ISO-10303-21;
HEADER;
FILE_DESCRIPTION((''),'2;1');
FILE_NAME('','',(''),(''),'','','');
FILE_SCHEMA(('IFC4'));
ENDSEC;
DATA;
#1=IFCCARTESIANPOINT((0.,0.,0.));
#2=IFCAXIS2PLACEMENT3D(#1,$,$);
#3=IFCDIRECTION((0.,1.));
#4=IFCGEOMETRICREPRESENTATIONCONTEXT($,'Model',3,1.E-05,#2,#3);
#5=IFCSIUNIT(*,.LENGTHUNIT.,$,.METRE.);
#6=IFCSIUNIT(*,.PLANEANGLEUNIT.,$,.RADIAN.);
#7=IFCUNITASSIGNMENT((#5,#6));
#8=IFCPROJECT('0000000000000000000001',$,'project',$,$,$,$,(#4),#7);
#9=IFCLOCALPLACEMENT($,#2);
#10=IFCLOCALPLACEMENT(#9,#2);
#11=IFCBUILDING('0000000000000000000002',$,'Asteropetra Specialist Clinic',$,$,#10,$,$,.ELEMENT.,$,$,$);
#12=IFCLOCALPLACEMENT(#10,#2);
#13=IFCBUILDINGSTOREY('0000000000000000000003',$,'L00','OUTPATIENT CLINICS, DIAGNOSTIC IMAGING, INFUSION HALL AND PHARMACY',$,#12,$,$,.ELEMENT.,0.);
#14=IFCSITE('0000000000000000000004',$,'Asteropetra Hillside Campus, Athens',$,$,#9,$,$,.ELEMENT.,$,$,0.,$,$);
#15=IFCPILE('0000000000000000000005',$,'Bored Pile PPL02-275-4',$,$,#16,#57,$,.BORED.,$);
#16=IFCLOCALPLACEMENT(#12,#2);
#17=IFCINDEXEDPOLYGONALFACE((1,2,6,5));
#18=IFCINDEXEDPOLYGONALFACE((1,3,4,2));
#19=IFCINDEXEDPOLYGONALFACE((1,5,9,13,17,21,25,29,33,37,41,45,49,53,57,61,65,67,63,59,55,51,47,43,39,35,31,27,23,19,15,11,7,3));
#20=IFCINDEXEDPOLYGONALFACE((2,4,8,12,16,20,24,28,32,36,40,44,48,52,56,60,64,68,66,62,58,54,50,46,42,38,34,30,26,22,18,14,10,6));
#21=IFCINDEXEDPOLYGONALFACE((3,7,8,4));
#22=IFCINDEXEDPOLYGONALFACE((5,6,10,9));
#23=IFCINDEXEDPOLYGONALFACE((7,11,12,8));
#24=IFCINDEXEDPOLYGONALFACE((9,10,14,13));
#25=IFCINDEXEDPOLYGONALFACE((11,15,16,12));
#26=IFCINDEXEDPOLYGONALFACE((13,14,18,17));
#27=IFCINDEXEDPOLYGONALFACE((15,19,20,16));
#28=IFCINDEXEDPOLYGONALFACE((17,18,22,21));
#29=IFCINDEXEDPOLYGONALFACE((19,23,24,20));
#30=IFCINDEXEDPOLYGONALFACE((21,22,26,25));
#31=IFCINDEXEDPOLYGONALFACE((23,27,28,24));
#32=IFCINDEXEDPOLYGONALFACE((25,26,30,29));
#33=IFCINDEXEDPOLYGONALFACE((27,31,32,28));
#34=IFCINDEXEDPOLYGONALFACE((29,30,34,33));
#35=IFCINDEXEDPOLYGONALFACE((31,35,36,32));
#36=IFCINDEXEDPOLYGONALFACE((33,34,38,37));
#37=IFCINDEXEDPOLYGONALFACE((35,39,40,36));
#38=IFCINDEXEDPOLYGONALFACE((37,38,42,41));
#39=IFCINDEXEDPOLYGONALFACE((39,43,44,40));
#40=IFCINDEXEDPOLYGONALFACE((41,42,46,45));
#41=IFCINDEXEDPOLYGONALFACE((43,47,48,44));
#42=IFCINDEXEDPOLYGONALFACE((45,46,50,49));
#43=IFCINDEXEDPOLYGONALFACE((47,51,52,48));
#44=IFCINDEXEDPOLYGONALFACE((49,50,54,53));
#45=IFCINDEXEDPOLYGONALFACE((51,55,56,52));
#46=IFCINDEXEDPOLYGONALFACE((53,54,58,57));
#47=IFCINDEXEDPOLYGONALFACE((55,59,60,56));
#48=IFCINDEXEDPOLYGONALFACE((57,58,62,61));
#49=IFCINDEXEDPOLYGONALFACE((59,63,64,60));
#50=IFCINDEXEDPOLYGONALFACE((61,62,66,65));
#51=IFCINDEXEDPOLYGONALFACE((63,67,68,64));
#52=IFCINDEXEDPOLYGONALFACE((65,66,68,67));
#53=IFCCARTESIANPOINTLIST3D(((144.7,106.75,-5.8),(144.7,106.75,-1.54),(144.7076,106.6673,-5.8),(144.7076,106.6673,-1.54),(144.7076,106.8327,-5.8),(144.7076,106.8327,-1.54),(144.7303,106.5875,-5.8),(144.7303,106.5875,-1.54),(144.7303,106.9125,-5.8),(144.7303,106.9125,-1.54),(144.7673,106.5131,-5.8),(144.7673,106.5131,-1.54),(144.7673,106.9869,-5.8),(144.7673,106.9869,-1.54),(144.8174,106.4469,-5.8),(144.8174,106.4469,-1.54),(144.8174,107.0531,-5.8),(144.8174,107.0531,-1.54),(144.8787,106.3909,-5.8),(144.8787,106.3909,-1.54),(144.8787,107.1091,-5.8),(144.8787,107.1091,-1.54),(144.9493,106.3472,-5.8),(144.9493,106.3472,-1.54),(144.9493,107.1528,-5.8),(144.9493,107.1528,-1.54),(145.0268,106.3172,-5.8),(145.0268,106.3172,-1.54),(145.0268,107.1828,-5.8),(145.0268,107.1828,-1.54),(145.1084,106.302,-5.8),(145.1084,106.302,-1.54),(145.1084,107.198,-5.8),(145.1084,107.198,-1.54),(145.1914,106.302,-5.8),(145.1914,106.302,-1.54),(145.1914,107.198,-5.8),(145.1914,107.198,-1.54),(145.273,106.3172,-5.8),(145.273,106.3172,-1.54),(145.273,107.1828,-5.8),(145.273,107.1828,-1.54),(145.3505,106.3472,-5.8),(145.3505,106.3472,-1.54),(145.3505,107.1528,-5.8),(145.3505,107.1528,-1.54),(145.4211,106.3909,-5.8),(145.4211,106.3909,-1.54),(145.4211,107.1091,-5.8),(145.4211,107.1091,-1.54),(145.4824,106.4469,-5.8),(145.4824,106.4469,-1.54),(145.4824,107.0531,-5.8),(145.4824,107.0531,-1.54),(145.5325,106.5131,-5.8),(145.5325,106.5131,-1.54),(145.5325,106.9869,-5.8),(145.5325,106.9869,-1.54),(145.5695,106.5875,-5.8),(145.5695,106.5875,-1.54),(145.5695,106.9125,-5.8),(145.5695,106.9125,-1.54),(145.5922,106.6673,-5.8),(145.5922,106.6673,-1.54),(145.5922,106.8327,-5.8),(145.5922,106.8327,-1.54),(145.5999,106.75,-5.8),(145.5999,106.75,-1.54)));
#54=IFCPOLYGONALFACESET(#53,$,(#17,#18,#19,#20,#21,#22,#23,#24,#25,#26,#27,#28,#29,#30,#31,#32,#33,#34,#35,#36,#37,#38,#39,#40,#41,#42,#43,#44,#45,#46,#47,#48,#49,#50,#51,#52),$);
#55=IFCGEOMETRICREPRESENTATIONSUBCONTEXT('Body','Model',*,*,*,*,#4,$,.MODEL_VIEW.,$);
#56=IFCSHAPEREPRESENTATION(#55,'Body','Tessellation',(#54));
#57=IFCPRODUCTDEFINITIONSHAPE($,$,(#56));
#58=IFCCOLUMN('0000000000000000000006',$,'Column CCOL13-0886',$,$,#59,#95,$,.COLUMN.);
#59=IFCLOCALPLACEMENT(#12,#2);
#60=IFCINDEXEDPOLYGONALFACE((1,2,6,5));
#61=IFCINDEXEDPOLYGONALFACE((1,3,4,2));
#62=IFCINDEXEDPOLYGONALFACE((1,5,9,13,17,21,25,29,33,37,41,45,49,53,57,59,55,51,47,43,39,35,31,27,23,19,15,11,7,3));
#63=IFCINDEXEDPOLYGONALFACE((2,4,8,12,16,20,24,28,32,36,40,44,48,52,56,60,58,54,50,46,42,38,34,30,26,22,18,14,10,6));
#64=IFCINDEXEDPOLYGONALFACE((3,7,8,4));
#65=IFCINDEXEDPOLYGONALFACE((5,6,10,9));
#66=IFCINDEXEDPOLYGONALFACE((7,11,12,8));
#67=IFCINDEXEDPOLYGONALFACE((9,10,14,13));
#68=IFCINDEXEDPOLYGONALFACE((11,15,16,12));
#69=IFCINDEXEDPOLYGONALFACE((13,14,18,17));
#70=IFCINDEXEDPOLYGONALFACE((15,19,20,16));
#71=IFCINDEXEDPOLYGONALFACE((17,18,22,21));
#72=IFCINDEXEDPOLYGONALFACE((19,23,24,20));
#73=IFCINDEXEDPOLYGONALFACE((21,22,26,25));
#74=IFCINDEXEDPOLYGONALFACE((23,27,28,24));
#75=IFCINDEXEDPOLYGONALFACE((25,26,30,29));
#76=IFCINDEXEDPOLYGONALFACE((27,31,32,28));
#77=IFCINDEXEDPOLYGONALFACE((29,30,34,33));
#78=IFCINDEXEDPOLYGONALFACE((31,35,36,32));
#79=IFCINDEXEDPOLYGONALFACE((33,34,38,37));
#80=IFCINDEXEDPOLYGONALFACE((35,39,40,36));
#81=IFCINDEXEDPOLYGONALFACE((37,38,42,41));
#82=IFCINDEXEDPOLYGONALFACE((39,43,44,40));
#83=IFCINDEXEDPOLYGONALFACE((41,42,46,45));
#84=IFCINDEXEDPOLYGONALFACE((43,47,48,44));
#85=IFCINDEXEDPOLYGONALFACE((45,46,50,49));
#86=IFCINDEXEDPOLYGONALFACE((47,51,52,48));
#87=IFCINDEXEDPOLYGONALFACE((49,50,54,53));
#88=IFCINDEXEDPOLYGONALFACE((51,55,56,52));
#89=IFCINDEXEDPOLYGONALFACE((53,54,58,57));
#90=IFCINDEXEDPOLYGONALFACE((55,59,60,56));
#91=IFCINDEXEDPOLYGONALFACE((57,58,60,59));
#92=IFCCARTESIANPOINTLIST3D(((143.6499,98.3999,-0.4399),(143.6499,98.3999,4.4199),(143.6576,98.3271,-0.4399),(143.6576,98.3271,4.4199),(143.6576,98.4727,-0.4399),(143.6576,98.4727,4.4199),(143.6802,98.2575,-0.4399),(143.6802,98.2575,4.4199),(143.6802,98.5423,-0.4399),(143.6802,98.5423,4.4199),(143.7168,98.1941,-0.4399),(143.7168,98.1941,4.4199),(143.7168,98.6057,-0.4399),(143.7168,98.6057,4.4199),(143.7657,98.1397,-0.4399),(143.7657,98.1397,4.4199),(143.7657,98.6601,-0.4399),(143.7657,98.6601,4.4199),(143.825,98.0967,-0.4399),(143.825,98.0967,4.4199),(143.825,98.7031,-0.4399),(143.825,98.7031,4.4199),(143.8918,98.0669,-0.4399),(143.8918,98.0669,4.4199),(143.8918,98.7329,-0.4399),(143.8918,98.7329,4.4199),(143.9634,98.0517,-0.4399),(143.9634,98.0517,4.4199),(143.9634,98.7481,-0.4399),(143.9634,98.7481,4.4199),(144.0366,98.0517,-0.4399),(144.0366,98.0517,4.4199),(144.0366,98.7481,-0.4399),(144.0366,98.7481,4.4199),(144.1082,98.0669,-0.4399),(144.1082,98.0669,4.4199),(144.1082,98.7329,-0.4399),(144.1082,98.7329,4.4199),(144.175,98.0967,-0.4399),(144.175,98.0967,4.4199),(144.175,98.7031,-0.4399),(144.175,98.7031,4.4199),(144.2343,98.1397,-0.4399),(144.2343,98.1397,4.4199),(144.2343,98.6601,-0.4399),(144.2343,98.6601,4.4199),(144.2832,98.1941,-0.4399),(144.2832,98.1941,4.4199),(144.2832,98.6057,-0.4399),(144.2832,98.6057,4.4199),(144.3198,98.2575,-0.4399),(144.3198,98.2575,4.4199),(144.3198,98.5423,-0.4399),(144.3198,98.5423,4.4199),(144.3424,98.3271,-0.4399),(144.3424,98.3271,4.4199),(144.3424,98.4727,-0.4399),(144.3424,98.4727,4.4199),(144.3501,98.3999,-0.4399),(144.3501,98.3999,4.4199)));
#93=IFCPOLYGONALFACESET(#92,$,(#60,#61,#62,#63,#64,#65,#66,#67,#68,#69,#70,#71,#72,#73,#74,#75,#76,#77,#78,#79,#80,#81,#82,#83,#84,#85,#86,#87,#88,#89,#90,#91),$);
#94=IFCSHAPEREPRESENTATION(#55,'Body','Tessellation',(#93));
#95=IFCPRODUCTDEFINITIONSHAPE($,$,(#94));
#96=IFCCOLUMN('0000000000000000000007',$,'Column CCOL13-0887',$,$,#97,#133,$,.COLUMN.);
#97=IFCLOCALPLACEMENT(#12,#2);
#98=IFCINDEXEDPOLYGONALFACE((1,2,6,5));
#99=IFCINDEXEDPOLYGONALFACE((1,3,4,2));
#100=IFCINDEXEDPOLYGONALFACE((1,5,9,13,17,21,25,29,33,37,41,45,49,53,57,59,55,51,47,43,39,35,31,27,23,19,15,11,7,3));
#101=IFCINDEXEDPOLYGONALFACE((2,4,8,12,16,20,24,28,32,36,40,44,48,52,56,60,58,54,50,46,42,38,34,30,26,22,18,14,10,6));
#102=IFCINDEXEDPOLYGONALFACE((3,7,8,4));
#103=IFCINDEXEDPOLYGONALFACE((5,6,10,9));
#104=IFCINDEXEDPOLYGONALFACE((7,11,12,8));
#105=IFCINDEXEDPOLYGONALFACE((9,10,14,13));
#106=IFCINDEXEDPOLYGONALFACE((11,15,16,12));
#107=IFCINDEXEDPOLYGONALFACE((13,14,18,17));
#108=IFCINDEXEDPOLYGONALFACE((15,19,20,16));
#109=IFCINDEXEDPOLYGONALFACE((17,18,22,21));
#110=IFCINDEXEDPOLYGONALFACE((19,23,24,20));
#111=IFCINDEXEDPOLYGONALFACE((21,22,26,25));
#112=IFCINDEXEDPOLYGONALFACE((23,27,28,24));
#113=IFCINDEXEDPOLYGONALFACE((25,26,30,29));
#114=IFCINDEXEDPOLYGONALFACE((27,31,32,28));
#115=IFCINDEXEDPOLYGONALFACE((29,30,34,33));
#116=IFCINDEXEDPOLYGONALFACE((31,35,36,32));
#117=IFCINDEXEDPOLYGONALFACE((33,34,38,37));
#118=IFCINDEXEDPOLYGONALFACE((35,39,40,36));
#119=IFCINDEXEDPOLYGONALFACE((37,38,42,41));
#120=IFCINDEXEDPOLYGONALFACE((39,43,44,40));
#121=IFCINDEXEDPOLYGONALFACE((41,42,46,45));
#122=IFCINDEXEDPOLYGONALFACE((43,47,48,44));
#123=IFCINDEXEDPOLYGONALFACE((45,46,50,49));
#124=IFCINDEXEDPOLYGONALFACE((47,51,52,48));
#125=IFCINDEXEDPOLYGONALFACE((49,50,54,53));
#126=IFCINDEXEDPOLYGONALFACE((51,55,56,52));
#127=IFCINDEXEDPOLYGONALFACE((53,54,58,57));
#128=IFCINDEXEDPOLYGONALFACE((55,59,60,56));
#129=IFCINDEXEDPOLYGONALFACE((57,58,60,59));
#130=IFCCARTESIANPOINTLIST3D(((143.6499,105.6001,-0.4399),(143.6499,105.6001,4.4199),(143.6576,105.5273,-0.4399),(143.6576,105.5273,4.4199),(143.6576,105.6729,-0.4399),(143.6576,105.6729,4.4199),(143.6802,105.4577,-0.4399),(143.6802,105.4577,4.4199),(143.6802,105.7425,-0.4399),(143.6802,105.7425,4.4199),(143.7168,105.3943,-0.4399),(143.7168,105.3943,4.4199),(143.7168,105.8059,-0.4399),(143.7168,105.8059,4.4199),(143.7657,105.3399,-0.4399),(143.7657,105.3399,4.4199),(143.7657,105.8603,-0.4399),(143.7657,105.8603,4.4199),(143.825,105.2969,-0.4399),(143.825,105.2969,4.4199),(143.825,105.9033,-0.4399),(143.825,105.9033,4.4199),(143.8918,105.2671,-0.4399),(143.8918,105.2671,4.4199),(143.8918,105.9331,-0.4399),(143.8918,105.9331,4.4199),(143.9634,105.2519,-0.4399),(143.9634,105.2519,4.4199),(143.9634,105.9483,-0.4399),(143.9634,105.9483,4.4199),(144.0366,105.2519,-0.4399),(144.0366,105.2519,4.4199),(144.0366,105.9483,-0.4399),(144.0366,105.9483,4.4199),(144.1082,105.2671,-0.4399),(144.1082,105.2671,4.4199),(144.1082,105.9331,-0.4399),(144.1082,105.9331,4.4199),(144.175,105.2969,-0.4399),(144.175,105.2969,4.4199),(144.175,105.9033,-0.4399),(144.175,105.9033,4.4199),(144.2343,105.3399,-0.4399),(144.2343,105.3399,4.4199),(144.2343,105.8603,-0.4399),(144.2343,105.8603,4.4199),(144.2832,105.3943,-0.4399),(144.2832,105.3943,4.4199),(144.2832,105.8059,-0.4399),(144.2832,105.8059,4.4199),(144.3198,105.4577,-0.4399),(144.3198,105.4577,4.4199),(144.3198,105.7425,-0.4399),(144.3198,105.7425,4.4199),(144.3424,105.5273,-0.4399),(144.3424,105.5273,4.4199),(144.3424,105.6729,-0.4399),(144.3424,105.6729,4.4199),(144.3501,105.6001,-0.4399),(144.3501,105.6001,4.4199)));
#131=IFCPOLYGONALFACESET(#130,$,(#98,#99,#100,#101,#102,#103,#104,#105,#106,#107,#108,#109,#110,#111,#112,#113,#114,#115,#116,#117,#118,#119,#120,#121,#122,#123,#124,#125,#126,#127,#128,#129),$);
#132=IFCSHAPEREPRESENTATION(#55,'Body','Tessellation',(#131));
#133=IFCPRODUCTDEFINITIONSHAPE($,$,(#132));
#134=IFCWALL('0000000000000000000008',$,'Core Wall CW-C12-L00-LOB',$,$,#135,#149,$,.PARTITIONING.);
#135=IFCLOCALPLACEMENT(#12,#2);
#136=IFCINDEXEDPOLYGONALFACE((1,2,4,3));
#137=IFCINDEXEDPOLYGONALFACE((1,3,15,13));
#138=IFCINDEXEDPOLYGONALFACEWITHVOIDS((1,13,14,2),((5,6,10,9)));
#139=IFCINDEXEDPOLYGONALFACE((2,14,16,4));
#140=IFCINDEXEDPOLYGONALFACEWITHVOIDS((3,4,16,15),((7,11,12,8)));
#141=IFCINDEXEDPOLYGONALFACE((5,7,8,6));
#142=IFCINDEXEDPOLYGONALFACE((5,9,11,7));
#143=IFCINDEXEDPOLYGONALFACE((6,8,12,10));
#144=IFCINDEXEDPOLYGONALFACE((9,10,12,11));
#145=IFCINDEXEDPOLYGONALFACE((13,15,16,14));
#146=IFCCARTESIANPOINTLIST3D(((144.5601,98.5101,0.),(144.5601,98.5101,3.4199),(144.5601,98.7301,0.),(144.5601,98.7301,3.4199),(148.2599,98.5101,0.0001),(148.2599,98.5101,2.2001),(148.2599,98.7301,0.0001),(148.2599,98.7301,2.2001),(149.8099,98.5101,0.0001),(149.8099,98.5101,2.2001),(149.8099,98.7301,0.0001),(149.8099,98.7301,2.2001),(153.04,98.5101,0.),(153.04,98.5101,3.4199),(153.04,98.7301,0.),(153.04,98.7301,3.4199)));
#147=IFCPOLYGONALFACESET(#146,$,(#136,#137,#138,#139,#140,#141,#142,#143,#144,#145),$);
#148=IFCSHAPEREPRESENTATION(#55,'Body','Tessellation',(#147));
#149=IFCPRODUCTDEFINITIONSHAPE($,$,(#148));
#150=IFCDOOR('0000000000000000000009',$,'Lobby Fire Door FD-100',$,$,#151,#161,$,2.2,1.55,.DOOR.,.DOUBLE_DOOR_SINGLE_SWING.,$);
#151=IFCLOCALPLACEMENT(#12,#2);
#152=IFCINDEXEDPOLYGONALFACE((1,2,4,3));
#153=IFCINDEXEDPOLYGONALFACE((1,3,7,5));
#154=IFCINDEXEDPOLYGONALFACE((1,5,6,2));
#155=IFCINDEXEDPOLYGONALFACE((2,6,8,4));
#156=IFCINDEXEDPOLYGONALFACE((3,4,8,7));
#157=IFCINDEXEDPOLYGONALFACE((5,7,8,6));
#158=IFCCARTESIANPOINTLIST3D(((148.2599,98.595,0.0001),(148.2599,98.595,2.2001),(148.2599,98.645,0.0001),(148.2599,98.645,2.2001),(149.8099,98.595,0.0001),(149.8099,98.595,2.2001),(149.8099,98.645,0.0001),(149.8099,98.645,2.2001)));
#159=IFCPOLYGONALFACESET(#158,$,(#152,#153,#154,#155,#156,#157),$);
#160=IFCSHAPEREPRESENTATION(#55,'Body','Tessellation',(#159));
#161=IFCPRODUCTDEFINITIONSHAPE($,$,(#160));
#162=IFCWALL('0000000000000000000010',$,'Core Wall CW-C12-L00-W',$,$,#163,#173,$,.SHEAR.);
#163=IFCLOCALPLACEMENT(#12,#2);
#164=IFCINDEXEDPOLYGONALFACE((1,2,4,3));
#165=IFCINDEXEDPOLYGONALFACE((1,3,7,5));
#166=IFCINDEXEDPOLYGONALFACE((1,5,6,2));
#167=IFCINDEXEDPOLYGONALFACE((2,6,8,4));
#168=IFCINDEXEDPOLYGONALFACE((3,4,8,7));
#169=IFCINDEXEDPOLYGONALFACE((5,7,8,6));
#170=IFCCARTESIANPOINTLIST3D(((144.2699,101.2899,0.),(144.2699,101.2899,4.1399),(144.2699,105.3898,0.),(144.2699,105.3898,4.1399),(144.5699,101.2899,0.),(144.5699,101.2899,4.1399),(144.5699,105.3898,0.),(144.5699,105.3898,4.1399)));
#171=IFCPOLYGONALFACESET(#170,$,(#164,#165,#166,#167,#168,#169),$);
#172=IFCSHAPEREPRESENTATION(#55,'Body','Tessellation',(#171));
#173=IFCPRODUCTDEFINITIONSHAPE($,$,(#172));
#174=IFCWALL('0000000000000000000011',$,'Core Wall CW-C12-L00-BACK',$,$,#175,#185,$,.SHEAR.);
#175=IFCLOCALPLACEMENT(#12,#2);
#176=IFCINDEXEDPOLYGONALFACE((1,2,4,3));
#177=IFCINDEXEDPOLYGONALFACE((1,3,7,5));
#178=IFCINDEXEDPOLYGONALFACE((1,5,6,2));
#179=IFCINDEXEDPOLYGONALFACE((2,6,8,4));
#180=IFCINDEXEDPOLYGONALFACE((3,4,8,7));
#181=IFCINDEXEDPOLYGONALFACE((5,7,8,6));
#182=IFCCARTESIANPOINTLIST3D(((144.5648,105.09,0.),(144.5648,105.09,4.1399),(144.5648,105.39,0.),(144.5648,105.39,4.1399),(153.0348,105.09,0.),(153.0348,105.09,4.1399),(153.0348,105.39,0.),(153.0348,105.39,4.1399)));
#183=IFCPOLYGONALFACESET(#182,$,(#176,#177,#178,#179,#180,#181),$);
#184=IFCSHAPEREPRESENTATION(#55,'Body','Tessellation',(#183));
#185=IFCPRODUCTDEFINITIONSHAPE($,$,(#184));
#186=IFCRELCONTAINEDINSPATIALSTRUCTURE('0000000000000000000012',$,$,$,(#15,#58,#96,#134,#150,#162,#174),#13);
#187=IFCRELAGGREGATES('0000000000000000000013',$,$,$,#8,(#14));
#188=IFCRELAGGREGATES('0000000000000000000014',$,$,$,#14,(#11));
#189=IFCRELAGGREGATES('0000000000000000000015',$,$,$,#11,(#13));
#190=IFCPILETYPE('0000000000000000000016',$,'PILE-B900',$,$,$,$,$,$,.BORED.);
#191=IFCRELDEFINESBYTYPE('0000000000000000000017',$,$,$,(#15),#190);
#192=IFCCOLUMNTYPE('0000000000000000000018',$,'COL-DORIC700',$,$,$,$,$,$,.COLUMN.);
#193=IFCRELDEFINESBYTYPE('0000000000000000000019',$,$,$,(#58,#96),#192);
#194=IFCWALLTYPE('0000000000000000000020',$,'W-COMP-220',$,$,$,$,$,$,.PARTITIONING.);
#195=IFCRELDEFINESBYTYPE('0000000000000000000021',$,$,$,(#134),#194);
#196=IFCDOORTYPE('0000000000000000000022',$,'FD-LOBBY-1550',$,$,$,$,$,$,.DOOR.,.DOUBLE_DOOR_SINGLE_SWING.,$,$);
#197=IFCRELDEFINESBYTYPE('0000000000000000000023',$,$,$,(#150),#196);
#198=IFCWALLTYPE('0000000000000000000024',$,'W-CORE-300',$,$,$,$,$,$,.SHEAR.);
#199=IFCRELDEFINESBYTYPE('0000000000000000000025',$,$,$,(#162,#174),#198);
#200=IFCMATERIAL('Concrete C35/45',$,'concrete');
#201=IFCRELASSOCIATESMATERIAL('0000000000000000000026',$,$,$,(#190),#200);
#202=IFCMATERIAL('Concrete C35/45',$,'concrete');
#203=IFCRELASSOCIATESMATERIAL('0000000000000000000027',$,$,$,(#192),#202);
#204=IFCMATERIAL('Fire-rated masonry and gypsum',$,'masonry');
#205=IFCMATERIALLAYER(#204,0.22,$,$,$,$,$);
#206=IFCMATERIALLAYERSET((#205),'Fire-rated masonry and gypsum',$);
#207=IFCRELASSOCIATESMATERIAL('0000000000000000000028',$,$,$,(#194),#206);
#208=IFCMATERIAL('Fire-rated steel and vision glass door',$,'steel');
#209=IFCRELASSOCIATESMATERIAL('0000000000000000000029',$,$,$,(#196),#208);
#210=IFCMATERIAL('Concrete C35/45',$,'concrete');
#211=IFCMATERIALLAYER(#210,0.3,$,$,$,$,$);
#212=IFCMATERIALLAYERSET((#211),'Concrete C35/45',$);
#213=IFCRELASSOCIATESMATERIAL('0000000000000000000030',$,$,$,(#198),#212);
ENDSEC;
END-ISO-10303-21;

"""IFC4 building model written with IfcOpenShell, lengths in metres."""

from ifc_helpers import new_model, si_unit, direction, frame, frame_2d, origin, origin_2d, place, context, subcontext, project, spatial, rectangle, circle, extrude, material, layer, layer_set, material_profile, profile_set, type_object, element, fill, save


model = new_model("IFC4")

# Units and contexts
model_context = context("Model", 3, precision=1e-05, world=origin(), true_north=direction((0.0, 1.0)))
body_context = subcontext(model_context, "Body", "Model", "MODEL_VIEW")
ifc_project = project(units=[si_unit("LENGTHUNIT", "METRE"), si_unit("PLANEANGLEUNIT", "RADIAN")], contexts=[model_context])

# Site, building, storey
site_placement = place(None, origin())
site = spatial("IfcSite", under=ifc_project, at=site_placement, Name="Asteropetra Hillside Campus, Athens", CompositionType="ELEMENT", RefElevation=0.0)
building_placement = place(site_placement, origin())
building = spatial("IfcBuilding", under=site, at=building_placement, Name="Asteropetra Specialist Clinic", CompositionType="ELEMENT")
storey_placement = place(building_placement, origin())
storey = spatial("IfcBuildingStorey", under=building, at=storey_placement, Name="L00", Description="OUTPATIENT CLINICS, DIAGNOSTIC IMAGING, INFUSION HALL AND PHARMACY", CompositionType="ELEMENT", Elevation=0.0)

# Pile
ifc_material_1 = material(Name="Concrete C35/45", Category="concrete")
ifc_material_profile_1 = material_profile(ifc_material_1, circle(Radius=0.45, at=origin_2d()), Name="PILE D900")
ifc_profile_set_1 = profile_set([ifc_material_profile_1], Name="Concrete C35/45")
pile_type_1 = type_object("IfcPileType", Name="PILE-B900", PredefinedType="BORED", material=ifc_profile_set_1)
for number, where, z_axis, x_axis, name in (
    (1, (145.1499, 106.75, -1.54), (0.0, 0.0, -1.0), (1.0, 0.0, 0.0), "Bored Pile PPL02-275-4"),
):
    element("IfcPile", number, at=place(storey_placement, frame(where, z_axis=z_axis, x_axis=x_axis)), inside=storey, type_object=pile_type_1, Name=name, PredefinedType="BORED", context=body_context, shape_type="SweptSolid", body=[
        extrude(circle(Radius=0.45, at=origin_2d()), origin(), (0.0, 0.0, 1.0), 4.26),
    ])

# Columns
ifc_material_2 = material(Name="Concrete C35/45", Category="concrete")
ifc_material_profile_2 = material_profile(ifc_material_2, circle(Radius=0.3501, at=origin_2d()), Name="RCC D700")
ifc_profile_set_2 = profile_set([ifc_material_profile_2], Name="Concrete C35/45")
column_type = type_object("IfcColumnType", Name="COL-DORIC700", PredefinedType="COLUMN", material=ifc_profile_set_2)
for number, where, z_axis, x_axis, name in (
    (2, (144.0, 98.3999, -0.4399), (0.0, 0.0, 1.0), (1.0, 0.0, 0.0), "Column CCOL13-0886"),
    (3, (144.0, 105.6001, -0.4399), (0.0, 0.0, 1.0), (1.0, 0.0, 0.0), "Column CCOL13-0887"),
):
    element("IfcColumn", number, at=place(storey_placement, frame(where, z_axis=z_axis, x_axis=x_axis)), inside=storey, type_object=column_type, Name=name, PredefinedType="COLUMN", context=body_context, shape_type="SweptSolid", body=[
        extrude(circle(Radius=0.3501, at=origin_2d()), origin(), (0.0, 0.0, 1.0), 4.8599),
    ])

# Wall, opening, door
ifc_material_3 = material(Name="Fire-rated masonry and gypsum", Category="masonry")
ifc_layer_1 = layer(ifc_material_3, 0.22)
ifc_layer_set_1 = layer_set([ifc_layer_1], Name="Fire-rated masonry and gypsum")
wall_type_1 = type_object("IfcWallType", Name="W-COMP-220", PredefinedType="PARTITIONING", material=ifc_layer_set_1)
wall_1_placement = place(storey_placement, frame((144.5601, 98.6201, 0.0), z_axis=(0.0, 0.0, 1.0), x_axis=(1.0, 0.0, 0.0)))
wall_1 = element("IfcWall", 4, at=wall_1_placement, inside=storey, type_object=wall_type_1, Name="Core Wall CW-C12-L00-LOB", PredefinedType="PARTITIONING", context=body_context, shape_type="SweptSolid", body=[
    extrude(rectangle(XDim=8.48, YDim=0.22, at=frame_2d((4.24, 0.0))), origin(), (0.0, 0.0, 1.0), 3.4199),
])
opening_1_placement = place(wall_1_placement, frame((3.7, 0.0, 0.0)))
opening_1 = element("IfcOpeningElement", 5, at=opening_1_placement, cuts=wall_1, PredefinedType="OPENING", context=body_context, shape_type="SweptSolid", body=[
    extrude(rectangle(XDim=1.55, YDim=2.2, at=frame_2d((0.7749, 1.1001))), frame((0.0, 0.1199, 0.0), z_axis=(0.0, -1.0, 0.0), x_axis=(1.0, 0.0, 0.0)), (0.0, 0.0, 1.0), 0.24),
])
ifc_material_4 = material(Name="Fire-rated steel and vision glass door", Category="steel")
door_type_1 = type_object("IfcDoorType", Name="FD-LOBBY-1550", OperationType="DOUBLE_DOOR_SINGLE_SWING", PredefinedType="DOOR", material=ifc_material_4)
door_1_placement = place(opening_1_placement, origin())
door_1 = element("IfcDoor", 6, at=door_1_placement, inside=storey, type_object=door_type_1, Name="Lobby Fire Door FD-100", OperationType="DOUBLE_DOOR_SINGLE_SWING", OverallHeight=2.2, OverallWidth=1.55, PredefinedType="DOOR", context=body_context, shape_type="SweptSolid", body=[
    extrude(rectangle(XDim=1.55, YDim=2.2, at=frame_2d((0.7749, 1.1001))), frame((0.0, 0.0249, 0.0), z_axis=(0.0, -1.0, 0.0), x_axis=(1.0, 0.0, 0.0)), (0.0, 0.0, 1.0), 0.05),
])
fill(opening_1, door_1)

# Walls
ifc_material_5 = material(Name="Concrete C35/45", Category="concrete")
ifc_layer_2 = layer(ifc_material_5, 0.3)
ifc_layer_set_2 = layer_set([ifc_layer_2], Name="Concrete C35/45")
wall_type_2 = type_object("IfcWallType", Name="W-CORE-300", PredefinedType="SHEAR", material=ifc_layer_set_2)
wall_2_placement = place(storey_placement, frame((144.4199, 101.29, 0.0), z_axis=(0.0, 0.0, 1.0), x_axis=(0.0, 1.0, 0.0)))
element("IfcWall", 7, at=wall_2_placement, inside=storey, type_object=wall_type_2, Name="Core Wall CW-C12-L00-W", PredefinedType="SHEAR", context=body_context, shape_type="SweptSolid", body=[
    extrude(rectangle(XDim=4.0999, YDim=0.3, at=frame_2d((2.0498, 0.0))), origin(), (0.0, 0.0, 1.0), 4.1399),
])
wall_3_placement = place(storey_placement, frame((144.5649, 105.24, 0.0), z_axis=(0.0, 0.0, 1.0), x_axis=(1.0, 0.0, 0.0)))
element("IfcWall", 8, at=wall_3_placement, inside=storey, type_object=wall_type_2, Name="Core Wall CW-C12-L00-BACK", PredefinedType="SHEAR", context=body_context, shape_type="SweptSolid", body=[
    extrude(rectangle(XDim=8.47, YDim=0.3, at=frame_2d((4.2349, 0.0))), origin(), (0.0, 0.0, 1.0), 4.1399),
])

save(model, "model.ifc")
